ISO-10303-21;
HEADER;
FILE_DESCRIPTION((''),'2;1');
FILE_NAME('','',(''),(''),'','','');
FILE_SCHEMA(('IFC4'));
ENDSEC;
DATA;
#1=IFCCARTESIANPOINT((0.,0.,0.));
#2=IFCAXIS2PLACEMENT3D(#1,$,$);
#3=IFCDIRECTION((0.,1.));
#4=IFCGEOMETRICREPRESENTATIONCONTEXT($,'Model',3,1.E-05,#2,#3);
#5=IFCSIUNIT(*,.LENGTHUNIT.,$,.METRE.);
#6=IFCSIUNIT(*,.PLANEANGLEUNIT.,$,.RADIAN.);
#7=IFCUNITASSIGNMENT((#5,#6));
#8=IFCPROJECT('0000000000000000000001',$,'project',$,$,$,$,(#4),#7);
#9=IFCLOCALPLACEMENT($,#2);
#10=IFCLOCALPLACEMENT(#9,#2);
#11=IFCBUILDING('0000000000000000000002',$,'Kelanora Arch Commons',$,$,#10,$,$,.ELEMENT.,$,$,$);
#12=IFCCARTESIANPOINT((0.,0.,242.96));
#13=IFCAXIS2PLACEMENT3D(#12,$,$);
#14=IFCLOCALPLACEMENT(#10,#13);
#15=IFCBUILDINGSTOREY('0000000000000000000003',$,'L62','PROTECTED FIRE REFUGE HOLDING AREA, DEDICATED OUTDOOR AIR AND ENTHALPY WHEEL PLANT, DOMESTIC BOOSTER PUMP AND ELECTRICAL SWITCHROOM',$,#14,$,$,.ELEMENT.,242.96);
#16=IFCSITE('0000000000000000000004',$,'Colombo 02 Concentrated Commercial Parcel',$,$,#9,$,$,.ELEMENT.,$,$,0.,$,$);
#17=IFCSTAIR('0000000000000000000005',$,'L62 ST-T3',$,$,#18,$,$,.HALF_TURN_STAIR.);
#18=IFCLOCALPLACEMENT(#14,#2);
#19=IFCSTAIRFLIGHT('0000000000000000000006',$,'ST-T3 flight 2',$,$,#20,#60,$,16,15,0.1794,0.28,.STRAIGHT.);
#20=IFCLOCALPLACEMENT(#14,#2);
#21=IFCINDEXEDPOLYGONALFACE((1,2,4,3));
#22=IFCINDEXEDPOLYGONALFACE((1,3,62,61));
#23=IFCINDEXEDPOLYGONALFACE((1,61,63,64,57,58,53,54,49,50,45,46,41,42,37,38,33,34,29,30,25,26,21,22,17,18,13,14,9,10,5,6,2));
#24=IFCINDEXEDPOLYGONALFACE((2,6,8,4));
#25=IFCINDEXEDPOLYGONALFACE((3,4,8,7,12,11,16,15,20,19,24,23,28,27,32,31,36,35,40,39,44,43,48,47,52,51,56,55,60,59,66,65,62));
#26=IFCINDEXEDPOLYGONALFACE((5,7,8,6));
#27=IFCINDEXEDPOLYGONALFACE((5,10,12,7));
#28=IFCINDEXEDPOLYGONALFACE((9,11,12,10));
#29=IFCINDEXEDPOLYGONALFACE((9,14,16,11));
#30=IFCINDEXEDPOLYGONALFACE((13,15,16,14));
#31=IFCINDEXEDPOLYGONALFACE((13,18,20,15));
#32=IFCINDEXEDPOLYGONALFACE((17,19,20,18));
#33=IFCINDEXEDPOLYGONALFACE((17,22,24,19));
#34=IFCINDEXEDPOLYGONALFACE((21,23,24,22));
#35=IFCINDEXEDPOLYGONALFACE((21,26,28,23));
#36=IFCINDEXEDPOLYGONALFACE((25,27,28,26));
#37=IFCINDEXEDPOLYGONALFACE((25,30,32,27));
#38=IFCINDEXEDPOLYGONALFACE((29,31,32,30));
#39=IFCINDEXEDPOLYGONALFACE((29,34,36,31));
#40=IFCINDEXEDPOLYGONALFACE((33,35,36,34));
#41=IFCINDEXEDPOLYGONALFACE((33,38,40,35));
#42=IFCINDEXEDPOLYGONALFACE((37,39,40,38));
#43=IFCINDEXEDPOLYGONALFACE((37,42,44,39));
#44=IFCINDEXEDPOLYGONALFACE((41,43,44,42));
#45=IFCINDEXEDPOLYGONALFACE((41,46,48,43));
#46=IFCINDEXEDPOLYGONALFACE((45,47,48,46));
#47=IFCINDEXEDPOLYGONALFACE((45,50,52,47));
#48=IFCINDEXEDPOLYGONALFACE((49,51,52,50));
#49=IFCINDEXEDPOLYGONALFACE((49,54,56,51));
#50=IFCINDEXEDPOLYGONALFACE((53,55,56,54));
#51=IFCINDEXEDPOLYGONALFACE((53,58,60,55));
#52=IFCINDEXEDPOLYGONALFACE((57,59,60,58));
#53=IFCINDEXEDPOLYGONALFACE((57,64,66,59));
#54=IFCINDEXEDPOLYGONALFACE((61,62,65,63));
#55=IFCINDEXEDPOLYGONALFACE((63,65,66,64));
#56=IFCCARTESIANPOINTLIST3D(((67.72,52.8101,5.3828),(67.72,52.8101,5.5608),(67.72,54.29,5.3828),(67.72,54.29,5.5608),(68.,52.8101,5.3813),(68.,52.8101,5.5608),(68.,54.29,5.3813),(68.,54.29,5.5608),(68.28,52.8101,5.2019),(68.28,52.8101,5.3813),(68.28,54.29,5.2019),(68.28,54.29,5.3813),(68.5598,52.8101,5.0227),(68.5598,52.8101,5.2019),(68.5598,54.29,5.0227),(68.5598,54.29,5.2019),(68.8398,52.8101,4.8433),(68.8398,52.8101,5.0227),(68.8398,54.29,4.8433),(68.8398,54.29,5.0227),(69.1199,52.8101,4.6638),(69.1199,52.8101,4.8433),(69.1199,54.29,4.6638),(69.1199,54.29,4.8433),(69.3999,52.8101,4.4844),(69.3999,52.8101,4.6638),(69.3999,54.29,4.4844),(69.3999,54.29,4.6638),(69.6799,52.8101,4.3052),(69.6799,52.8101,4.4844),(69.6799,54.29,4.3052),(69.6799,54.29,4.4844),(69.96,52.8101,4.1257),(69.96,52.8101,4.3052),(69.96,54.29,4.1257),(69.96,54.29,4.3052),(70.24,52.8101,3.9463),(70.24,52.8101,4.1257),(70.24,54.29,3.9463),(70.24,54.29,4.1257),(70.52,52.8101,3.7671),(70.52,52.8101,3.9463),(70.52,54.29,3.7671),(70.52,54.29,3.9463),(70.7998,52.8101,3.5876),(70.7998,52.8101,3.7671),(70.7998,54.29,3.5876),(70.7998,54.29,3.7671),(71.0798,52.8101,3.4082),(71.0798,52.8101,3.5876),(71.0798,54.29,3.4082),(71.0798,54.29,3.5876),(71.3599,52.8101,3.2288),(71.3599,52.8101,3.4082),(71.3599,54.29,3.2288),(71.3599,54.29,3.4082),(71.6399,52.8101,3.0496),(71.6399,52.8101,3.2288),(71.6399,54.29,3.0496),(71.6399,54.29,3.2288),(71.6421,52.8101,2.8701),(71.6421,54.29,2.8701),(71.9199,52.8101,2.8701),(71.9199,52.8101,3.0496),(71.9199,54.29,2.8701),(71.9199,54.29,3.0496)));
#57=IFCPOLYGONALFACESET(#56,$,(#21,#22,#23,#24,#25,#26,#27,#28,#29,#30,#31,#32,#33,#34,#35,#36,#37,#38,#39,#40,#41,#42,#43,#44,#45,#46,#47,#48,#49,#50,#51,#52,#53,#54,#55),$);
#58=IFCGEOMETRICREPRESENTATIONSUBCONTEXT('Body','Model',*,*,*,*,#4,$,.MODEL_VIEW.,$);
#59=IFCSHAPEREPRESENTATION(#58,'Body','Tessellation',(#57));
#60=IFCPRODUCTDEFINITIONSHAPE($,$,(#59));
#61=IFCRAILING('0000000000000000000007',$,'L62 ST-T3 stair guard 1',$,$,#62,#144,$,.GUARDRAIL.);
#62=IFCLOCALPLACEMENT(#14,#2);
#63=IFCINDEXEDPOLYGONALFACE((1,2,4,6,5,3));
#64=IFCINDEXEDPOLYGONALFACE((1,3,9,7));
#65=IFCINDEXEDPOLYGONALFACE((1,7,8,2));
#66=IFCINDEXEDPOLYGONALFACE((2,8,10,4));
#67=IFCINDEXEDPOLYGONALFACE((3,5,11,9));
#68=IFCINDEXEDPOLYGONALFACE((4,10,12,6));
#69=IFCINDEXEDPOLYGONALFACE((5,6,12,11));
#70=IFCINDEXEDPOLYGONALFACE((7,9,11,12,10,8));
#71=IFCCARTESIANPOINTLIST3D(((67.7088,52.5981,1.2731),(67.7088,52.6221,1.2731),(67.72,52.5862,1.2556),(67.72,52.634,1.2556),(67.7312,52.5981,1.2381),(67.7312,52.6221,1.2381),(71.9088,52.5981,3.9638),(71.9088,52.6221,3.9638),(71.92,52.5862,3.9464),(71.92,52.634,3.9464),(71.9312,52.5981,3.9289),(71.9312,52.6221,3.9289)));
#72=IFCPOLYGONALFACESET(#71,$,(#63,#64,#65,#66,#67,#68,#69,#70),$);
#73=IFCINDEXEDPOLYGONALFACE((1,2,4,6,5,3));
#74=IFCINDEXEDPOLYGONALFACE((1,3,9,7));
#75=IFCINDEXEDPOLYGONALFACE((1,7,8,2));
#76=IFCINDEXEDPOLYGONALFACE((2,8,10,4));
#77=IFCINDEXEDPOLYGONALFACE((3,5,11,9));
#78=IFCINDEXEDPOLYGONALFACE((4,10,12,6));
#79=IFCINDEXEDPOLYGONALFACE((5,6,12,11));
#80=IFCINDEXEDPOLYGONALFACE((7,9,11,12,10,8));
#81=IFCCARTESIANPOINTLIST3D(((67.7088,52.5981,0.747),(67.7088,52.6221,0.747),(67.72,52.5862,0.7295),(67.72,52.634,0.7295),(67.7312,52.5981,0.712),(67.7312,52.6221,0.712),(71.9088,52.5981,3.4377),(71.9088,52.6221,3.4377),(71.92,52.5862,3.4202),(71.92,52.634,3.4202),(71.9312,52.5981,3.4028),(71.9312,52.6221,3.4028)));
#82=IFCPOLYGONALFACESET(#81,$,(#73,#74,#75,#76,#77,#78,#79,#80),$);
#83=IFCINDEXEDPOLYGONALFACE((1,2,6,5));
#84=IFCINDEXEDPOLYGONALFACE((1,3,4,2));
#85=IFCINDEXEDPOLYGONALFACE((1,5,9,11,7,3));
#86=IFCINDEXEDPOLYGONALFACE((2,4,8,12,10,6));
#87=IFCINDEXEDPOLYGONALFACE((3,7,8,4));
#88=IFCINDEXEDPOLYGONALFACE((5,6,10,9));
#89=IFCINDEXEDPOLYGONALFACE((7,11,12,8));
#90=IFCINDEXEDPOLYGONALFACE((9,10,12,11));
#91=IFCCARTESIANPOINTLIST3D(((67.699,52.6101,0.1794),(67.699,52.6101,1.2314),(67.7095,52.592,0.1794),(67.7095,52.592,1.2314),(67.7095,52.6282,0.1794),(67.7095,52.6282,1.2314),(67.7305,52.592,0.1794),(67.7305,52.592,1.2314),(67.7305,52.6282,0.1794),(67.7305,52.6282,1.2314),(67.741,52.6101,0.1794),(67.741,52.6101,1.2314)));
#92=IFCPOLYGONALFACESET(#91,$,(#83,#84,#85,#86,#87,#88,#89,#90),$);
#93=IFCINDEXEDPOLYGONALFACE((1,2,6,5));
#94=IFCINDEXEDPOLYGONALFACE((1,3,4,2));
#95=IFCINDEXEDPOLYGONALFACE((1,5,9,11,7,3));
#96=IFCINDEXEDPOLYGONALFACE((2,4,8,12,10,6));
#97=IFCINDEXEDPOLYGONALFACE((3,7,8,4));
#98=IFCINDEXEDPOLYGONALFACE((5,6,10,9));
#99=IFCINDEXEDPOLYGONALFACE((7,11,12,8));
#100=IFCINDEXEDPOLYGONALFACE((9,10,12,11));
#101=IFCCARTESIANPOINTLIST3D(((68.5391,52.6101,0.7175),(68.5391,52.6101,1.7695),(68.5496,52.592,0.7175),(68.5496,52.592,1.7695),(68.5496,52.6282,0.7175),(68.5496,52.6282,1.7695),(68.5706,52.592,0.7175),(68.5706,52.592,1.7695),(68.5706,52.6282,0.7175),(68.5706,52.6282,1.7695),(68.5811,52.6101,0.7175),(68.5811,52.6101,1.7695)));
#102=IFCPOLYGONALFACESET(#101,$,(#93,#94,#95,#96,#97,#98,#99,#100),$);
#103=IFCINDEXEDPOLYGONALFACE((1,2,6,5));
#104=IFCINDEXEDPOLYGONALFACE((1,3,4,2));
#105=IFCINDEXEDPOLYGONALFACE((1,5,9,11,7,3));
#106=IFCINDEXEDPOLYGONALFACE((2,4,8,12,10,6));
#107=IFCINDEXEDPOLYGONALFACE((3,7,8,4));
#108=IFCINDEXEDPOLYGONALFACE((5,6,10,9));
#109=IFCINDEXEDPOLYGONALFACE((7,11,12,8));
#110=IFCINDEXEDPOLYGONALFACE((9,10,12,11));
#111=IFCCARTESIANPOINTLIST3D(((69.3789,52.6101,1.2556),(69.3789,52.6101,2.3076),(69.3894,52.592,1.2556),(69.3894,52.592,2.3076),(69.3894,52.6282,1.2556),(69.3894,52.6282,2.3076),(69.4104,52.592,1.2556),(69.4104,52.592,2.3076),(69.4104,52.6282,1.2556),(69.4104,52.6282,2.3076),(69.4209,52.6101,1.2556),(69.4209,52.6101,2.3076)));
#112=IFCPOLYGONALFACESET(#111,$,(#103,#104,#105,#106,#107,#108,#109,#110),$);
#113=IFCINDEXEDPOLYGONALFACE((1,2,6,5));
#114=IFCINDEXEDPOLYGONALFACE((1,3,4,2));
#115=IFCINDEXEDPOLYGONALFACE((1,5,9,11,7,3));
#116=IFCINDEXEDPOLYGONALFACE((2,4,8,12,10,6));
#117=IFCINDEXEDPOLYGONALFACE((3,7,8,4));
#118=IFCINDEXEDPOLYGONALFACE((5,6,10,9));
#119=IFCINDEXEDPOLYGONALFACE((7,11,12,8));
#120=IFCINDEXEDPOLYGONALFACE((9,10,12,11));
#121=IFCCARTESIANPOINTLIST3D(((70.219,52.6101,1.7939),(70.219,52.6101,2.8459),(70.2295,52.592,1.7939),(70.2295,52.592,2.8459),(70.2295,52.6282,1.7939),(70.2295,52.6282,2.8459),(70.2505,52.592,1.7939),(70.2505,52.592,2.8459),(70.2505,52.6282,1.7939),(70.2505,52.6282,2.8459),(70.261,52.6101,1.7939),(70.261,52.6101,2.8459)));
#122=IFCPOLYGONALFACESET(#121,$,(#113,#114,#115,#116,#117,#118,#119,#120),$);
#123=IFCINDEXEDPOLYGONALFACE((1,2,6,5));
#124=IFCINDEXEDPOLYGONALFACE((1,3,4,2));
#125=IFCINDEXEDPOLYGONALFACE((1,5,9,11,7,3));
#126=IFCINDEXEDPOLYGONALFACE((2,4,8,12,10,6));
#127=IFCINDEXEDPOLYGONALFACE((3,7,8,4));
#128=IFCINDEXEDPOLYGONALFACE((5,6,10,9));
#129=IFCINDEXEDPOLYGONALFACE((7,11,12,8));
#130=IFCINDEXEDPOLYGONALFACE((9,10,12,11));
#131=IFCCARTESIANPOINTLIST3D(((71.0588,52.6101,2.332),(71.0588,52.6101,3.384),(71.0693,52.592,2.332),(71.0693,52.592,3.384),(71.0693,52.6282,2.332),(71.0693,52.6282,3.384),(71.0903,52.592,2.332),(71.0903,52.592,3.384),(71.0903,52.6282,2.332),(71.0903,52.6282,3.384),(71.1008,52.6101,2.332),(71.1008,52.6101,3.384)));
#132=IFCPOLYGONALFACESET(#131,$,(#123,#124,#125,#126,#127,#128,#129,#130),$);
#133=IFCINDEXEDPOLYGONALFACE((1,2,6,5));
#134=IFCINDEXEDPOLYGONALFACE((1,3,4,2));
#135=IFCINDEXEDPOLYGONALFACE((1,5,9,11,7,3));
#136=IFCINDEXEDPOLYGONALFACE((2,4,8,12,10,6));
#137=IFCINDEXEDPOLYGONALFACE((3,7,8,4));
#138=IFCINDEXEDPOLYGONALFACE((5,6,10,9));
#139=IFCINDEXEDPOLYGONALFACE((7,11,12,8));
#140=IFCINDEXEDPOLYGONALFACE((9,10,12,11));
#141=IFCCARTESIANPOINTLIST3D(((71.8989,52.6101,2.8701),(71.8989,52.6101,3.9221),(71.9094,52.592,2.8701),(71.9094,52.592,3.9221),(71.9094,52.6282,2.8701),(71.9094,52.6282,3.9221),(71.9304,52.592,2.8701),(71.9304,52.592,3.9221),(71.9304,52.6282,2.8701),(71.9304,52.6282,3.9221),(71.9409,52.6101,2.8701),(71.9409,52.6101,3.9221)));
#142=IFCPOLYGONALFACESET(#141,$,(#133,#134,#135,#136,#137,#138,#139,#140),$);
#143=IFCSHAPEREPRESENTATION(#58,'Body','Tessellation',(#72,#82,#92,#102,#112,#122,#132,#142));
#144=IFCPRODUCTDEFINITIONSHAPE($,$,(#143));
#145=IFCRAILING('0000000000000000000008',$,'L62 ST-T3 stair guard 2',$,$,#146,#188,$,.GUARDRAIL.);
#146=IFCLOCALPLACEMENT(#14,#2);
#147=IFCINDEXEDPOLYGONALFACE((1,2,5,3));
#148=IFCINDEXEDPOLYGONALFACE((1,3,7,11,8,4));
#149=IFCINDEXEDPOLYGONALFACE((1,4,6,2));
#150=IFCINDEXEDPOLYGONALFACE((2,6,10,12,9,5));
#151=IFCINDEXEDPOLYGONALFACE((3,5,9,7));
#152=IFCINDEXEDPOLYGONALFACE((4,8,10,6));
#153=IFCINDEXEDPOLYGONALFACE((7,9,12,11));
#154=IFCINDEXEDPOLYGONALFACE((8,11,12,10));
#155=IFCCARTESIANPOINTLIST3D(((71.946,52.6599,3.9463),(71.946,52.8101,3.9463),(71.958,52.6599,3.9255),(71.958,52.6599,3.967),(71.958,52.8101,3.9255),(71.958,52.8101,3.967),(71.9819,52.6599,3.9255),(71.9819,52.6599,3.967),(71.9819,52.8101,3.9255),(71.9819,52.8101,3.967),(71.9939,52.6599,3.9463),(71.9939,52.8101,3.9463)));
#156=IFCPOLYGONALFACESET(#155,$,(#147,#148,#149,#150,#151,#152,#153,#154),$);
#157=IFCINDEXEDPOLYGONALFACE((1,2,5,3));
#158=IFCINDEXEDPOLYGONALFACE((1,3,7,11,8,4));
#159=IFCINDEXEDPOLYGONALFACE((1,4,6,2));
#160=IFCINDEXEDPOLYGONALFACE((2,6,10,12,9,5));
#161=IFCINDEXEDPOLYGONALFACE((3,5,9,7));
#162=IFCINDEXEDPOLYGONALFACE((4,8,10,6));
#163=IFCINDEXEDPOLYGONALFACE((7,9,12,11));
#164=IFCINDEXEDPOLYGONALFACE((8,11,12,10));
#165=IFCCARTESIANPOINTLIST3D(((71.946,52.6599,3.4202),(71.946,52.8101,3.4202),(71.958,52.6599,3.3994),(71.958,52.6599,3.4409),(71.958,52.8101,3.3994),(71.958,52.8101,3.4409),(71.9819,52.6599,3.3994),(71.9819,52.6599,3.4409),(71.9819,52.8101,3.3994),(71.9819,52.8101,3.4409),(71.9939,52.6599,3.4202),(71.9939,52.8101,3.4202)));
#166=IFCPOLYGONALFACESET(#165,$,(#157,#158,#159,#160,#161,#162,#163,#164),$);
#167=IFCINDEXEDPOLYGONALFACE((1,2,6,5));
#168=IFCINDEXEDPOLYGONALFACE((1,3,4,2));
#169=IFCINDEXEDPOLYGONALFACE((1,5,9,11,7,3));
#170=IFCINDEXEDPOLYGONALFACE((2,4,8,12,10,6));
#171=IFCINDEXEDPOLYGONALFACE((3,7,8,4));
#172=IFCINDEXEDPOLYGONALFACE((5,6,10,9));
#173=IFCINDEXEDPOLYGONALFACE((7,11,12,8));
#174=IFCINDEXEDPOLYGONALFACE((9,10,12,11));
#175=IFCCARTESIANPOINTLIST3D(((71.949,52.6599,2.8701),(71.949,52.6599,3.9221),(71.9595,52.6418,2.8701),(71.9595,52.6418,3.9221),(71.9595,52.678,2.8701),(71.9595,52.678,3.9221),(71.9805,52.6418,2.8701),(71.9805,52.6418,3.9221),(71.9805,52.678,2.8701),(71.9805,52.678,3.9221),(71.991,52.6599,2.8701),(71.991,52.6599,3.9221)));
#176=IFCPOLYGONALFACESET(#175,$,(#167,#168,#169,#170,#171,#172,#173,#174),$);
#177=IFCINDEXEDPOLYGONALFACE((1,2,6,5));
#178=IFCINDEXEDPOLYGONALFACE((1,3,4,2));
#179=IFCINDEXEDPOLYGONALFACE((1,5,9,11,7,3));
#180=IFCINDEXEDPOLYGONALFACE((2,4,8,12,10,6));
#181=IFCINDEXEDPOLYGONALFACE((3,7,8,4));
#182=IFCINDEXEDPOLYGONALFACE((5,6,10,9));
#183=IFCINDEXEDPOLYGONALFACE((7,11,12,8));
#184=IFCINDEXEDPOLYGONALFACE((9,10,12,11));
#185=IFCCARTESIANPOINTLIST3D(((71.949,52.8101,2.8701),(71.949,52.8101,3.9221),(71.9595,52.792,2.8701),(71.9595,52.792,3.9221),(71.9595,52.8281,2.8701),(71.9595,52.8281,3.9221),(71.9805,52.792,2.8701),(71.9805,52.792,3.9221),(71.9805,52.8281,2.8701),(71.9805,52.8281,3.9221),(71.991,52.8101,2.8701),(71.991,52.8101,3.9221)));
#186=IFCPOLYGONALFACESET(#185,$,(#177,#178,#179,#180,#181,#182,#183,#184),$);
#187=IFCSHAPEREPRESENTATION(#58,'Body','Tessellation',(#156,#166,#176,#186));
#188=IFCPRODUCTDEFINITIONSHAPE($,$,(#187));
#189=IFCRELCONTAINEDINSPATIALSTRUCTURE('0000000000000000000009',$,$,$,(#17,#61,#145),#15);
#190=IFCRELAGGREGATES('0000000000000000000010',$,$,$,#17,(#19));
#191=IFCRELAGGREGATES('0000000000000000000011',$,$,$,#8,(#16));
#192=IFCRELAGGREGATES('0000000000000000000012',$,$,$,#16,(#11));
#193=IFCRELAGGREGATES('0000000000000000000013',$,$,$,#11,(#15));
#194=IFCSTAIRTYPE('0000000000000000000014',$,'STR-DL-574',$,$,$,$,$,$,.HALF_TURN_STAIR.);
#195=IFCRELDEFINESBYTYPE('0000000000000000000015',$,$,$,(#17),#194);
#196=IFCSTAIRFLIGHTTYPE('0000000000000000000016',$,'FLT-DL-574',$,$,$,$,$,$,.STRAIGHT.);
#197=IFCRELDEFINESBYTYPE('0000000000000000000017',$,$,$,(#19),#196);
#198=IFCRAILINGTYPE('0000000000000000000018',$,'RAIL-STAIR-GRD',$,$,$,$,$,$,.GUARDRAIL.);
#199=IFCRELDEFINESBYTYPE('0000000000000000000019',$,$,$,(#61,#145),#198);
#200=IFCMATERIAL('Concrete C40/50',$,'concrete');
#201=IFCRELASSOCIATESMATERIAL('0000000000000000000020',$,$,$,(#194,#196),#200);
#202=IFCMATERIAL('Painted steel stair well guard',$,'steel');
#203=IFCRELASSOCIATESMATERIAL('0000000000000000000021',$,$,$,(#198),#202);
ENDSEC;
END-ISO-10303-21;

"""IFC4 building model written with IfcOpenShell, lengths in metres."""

from ifc_helpers import new_model, si_unit, direction, frame, origin, place, context, subcontext, project, spatial, polyline, outline, extrude, material, type_object, element, aggregate, save


model = new_model("IFC4")

# Units and contexts
model_context = context("Model", 3, precision=1e-05, world=origin(), true_north=direction((0.0, 1.0)))
body_context = subcontext(model_context, "Body", "Model", "MODEL_VIEW")
ifc_project = project(units=[si_unit("LENGTHUNIT", "METRE"), si_unit("PLANEANGLEUNIT", "RADIAN")], contexts=[model_context])

# Site, building, storey
site_placement = place(None, origin())
site = spatial("IfcSite", under=ifc_project, at=site_placement, Name="Colombo 02 Concentrated Commercial Parcel", CompositionType="ELEMENT", RefElevation=0.0)
building_placement = place(site_placement, origin())
building = spatial("IfcBuilding", under=site, at=building_placement, Name="Kelanora Arch Commons", CompositionType="ELEMENT")
storey_placement = place(building_placement, frame((0.0, 0.0, 242.96)))
storey = spatial("IfcBuildingStorey", under=building, at=storey_placement, Name="L62", Description="PROTECTED FIRE REFUGE HOLDING AREA, DEDICATED OUTDOOR AIR AND ENTHALPY WHEEL PLANT, DOMESTIC BOOSTER PUMP AND ELECTRICAL SWITCHROOM", CompositionType="ELEMENT", Elevation=242.96)

# Shared definitions
ifc_material_1 = material(Name="Concrete C40/50", Category="concrete")

# Stair, stair flight
stair_type = type_object("IfcStairType", Name="STR-DL-574", PredefinedType="HALF_TURN_STAIR", material=ifc_material_1)
stair_placement = place(storey_placement, origin())
stair = element("IfcStair", 1, at=stair_placement, inside=storey, type_object=stair_type, Name="L62 ST-T3", PredefinedType="HALF_TURN_STAIR")
stair_flight_type = type_object("IfcStairFlightType", Name="FLT-DL-574", PredefinedType="STRAIGHT", material=ifc_material_1)
stair_flight_1_placement = place(storey_placement, frame((71.9199, 53.55, 2.8701), z_axis=(0.0, 0.0, 1.0), x_axis=(-1.0, 0.0, 0.0)))
stair_flight_1 = element("IfcStairFlight", 2, at=stair_flight_1_placement, type_object=stair_flight_type, Name="ST-T3 flight 2", NumberOfRisers=16, NumberOfTreads=15, PredefinedType="STRAIGHT", RiserHeight=0.1794, TreadLength=0.28, context=body_context, shape_type="SweptSolid", body=[
    extrude(outline(polyline([(0.0, 0.0), (0.0, 0.1794), (0.28, 0.1794), (0.28, 0.3586), (0.5601, 0.3586), (0.5601, 0.5381), (0.8401, 0.5381), (0.8401, 0.7175), (1.1201, 0.7175), (1.1201, 0.897), (1.3999, 0.897), (1.3999, 1.0762), (1.6799, 1.0762), (1.6799, 1.2556), (1.96, 1.2556), (1.96, 1.4351), (2.24, 1.4351), (2.24, 1.6143), (2.52, 1.6143), (2.52, 1.7937), (2.8, 1.7937), (2.8, 1.9731), (3.0801, 1.9731), (3.0801, 2.1526), (3.3601, 2.1526), (3.3601, 2.3318), (3.6399, 2.3318), (3.6399, 2.5112), (3.9199, 2.5112), (3.9199, 2.6907), (4.2, 2.6907), (4.2, 2.8701), (4.2, 2.5127), (0.2778, 0.0), (0.0, 0.0)])), frame((0.0, 0.74, 0.0), z_axis=(0.0, -1.0, 0.0), x_axis=(1.0, 0.0, 0.0)), (0.0, 0.0, 1.0), 1.48),
])
aggregate(stair, [stair_flight_1])

# Railings
ifc_material_2 = material(Name="Painted steel stair well guard", Category="steel")
railing_type_1 = type_object("IfcRailingType", Name="RAIL-STAIR-GRD", PredefinedType="GUARDRAIL", material=ifc_material_2)
railing_1_placement = place(storey_placement, frame((67.72, 52.6101, 0.1794)))
element("IfcRailing", 3, at=railing_1_placement, inside=storey, type_object=railing_type_1, Name="L62 ST-T3 stair guard 1", PredefinedType="GUARDRAIL", context=body_context, shape_type="SweptSolid", body=[
    extrude(outline(polyline([(0.0239, 0.0), (0.012, 0.0208), (-0.012, 0.0208), (-0.0239, 0.0), (-0.012, -0.0208), (0.012, -0.0208), (0.0239, 0.0)])), frame((0.0, 0.0, 1.0762), z_axis=(0.842025, 0.0, 0.539438), x_axis=(0.0, 1.0, 0.0)), (0.0, 0.0, 1.0), 4.988),
    extrude(outline(polyline([(0.0239, 0.0), (0.012, 0.0208), (-0.012, 0.0208), (-0.0239, 0.0), (-0.012, -0.0208), (0.012, -0.0208), (0.0239, 0.0)])), frame((0.0, 0.0, 0.55), z_axis=(0.842025, 0.0, 0.539438), x_axis=(0.0, 1.0, 0.0)), (0.0, 0.0, 1.0), 4.988),
    extrude(outline(polyline([(0.021, 0.0), (0.0105, 0.0181), (-0.0105, 0.0181), (-0.021, 0.0), (-0.0105, -0.0181), (0.0105, -0.0181), (0.021, 0.0)])), origin(), (0.0, 0.0, 1.0), 1.052),
    extrude(outline(polyline([(0.021, 0.0), (0.0105, 0.0181), (-0.0105, 0.0181), (-0.021, 0.0), (-0.0105, -0.0181), (0.0105, -0.0181), (0.021, 0.0)])), frame((0.8401, 0.0, 0.5381)), (0.0, 0.0, 1.0), 1.052),
    extrude(outline(polyline([(0.021, 0.0), (0.0105, 0.0181), (-0.0105, 0.0181), (-0.021, 0.0), (-0.0105, -0.0181), (0.0105, -0.0181), (0.021, 0.0)])), frame((1.6799, 0.0, 1.0762)), (0.0, 0.0, 1.0), 1.052),
    extrude(outline(polyline([(0.021, 0.0), (0.0105, 0.0181), (-0.0105, 0.0181), (-0.021, 0.0), (-0.0105, -0.0181), (0.0105, -0.0181), (0.021, 0.0)])), frame((2.52, 0.0, 1.6145)), (0.0, 0.0, 1.0), 1.052),
    extrude(outline(polyline([(0.021, 0.0), (0.0105, 0.0181), (-0.0105, 0.0181), (-0.021, 0.0), (-0.0105, -0.0181), (0.0105, -0.0181), (0.021, 0.0)])), frame((3.3599, 0.0, 2.1526)), (0.0, 0.0, 1.0), 1.052),
    extrude(outline(polyline([(0.021, 0.0), (0.0105, 0.0181), (-0.0105, 0.0181), (-0.021, 0.0), (-0.0105, -0.0181), (0.0105, -0.0181), (0.021, 0.0)])), frame((4.2, 0.0, 2.6907)), (0.0, 0.0, 1.0), 1.052),
])
railing_2_placement = place(storey_placement, frame((71.97, 52.6599, 2.8701)))
element("IfcRailing", 4, at=railing_2_placement, inside=storey, type_object=railing_type_1, Name="L62 ST-T3 stair guard 2", PredefinedType="GUARDRAIL", context=body_context, shape_type="SweptSolid", body=[
    extrude(outline(polyline([(0.0239, 0.0), (0.012, 0.0208), (-0.012, 0.0208), (-0.0239, 0.0), (-0.012, -0.0208), (0.012, -0.0208), (0.0239, 0.0)])), frame((0.0, 0.0, 1.0762), z_axis=(0.0, 1.0, 0.0), x_axis=(-1.0, 0.0, 0.0)), (0.0, 0.0, 1.0), 0.1501),
    extrude(outline(polyline([(0.0239, 0.0), (0.012, 0.0208), (-0.012, 0.0208), (-0.0239, 0.0), (-0.012, -0.0208), (0.012, -0.0208), (0.0239, 0.0)])), frame((0.0, 0.0, 0.55), z_axis=(0.0, 1.0, 0.0), x_axis=(-1.0, 0.0, 0.0)), (0.0, 0.0, 1.0), 0.1501),
    extrude(outline(polyline([(0.021, 0.0), (0.0105, 0.0181), (-0.0105, 0.0181), (-0.021, 0.0), (-0.0105, -0.0181), (0.0105, -0.0181), (0.021, 0.0)])), origin(), (0.0, 0.0, 1.0), 1.052),
    extrude(outline(polyline([(0.021, 0.0), (0.0105, 0.0181), (-0.0105, 0.0181), (-0.021, 0.0), (-0.0105, -0.0181), (0.0105, -0.0181), (0.021, 0.0)])), frame((0.0, 0.1501, 0.0)), (0.0, 0.0, 1.0), 1.052),
])

save(model, "model.ifc")
